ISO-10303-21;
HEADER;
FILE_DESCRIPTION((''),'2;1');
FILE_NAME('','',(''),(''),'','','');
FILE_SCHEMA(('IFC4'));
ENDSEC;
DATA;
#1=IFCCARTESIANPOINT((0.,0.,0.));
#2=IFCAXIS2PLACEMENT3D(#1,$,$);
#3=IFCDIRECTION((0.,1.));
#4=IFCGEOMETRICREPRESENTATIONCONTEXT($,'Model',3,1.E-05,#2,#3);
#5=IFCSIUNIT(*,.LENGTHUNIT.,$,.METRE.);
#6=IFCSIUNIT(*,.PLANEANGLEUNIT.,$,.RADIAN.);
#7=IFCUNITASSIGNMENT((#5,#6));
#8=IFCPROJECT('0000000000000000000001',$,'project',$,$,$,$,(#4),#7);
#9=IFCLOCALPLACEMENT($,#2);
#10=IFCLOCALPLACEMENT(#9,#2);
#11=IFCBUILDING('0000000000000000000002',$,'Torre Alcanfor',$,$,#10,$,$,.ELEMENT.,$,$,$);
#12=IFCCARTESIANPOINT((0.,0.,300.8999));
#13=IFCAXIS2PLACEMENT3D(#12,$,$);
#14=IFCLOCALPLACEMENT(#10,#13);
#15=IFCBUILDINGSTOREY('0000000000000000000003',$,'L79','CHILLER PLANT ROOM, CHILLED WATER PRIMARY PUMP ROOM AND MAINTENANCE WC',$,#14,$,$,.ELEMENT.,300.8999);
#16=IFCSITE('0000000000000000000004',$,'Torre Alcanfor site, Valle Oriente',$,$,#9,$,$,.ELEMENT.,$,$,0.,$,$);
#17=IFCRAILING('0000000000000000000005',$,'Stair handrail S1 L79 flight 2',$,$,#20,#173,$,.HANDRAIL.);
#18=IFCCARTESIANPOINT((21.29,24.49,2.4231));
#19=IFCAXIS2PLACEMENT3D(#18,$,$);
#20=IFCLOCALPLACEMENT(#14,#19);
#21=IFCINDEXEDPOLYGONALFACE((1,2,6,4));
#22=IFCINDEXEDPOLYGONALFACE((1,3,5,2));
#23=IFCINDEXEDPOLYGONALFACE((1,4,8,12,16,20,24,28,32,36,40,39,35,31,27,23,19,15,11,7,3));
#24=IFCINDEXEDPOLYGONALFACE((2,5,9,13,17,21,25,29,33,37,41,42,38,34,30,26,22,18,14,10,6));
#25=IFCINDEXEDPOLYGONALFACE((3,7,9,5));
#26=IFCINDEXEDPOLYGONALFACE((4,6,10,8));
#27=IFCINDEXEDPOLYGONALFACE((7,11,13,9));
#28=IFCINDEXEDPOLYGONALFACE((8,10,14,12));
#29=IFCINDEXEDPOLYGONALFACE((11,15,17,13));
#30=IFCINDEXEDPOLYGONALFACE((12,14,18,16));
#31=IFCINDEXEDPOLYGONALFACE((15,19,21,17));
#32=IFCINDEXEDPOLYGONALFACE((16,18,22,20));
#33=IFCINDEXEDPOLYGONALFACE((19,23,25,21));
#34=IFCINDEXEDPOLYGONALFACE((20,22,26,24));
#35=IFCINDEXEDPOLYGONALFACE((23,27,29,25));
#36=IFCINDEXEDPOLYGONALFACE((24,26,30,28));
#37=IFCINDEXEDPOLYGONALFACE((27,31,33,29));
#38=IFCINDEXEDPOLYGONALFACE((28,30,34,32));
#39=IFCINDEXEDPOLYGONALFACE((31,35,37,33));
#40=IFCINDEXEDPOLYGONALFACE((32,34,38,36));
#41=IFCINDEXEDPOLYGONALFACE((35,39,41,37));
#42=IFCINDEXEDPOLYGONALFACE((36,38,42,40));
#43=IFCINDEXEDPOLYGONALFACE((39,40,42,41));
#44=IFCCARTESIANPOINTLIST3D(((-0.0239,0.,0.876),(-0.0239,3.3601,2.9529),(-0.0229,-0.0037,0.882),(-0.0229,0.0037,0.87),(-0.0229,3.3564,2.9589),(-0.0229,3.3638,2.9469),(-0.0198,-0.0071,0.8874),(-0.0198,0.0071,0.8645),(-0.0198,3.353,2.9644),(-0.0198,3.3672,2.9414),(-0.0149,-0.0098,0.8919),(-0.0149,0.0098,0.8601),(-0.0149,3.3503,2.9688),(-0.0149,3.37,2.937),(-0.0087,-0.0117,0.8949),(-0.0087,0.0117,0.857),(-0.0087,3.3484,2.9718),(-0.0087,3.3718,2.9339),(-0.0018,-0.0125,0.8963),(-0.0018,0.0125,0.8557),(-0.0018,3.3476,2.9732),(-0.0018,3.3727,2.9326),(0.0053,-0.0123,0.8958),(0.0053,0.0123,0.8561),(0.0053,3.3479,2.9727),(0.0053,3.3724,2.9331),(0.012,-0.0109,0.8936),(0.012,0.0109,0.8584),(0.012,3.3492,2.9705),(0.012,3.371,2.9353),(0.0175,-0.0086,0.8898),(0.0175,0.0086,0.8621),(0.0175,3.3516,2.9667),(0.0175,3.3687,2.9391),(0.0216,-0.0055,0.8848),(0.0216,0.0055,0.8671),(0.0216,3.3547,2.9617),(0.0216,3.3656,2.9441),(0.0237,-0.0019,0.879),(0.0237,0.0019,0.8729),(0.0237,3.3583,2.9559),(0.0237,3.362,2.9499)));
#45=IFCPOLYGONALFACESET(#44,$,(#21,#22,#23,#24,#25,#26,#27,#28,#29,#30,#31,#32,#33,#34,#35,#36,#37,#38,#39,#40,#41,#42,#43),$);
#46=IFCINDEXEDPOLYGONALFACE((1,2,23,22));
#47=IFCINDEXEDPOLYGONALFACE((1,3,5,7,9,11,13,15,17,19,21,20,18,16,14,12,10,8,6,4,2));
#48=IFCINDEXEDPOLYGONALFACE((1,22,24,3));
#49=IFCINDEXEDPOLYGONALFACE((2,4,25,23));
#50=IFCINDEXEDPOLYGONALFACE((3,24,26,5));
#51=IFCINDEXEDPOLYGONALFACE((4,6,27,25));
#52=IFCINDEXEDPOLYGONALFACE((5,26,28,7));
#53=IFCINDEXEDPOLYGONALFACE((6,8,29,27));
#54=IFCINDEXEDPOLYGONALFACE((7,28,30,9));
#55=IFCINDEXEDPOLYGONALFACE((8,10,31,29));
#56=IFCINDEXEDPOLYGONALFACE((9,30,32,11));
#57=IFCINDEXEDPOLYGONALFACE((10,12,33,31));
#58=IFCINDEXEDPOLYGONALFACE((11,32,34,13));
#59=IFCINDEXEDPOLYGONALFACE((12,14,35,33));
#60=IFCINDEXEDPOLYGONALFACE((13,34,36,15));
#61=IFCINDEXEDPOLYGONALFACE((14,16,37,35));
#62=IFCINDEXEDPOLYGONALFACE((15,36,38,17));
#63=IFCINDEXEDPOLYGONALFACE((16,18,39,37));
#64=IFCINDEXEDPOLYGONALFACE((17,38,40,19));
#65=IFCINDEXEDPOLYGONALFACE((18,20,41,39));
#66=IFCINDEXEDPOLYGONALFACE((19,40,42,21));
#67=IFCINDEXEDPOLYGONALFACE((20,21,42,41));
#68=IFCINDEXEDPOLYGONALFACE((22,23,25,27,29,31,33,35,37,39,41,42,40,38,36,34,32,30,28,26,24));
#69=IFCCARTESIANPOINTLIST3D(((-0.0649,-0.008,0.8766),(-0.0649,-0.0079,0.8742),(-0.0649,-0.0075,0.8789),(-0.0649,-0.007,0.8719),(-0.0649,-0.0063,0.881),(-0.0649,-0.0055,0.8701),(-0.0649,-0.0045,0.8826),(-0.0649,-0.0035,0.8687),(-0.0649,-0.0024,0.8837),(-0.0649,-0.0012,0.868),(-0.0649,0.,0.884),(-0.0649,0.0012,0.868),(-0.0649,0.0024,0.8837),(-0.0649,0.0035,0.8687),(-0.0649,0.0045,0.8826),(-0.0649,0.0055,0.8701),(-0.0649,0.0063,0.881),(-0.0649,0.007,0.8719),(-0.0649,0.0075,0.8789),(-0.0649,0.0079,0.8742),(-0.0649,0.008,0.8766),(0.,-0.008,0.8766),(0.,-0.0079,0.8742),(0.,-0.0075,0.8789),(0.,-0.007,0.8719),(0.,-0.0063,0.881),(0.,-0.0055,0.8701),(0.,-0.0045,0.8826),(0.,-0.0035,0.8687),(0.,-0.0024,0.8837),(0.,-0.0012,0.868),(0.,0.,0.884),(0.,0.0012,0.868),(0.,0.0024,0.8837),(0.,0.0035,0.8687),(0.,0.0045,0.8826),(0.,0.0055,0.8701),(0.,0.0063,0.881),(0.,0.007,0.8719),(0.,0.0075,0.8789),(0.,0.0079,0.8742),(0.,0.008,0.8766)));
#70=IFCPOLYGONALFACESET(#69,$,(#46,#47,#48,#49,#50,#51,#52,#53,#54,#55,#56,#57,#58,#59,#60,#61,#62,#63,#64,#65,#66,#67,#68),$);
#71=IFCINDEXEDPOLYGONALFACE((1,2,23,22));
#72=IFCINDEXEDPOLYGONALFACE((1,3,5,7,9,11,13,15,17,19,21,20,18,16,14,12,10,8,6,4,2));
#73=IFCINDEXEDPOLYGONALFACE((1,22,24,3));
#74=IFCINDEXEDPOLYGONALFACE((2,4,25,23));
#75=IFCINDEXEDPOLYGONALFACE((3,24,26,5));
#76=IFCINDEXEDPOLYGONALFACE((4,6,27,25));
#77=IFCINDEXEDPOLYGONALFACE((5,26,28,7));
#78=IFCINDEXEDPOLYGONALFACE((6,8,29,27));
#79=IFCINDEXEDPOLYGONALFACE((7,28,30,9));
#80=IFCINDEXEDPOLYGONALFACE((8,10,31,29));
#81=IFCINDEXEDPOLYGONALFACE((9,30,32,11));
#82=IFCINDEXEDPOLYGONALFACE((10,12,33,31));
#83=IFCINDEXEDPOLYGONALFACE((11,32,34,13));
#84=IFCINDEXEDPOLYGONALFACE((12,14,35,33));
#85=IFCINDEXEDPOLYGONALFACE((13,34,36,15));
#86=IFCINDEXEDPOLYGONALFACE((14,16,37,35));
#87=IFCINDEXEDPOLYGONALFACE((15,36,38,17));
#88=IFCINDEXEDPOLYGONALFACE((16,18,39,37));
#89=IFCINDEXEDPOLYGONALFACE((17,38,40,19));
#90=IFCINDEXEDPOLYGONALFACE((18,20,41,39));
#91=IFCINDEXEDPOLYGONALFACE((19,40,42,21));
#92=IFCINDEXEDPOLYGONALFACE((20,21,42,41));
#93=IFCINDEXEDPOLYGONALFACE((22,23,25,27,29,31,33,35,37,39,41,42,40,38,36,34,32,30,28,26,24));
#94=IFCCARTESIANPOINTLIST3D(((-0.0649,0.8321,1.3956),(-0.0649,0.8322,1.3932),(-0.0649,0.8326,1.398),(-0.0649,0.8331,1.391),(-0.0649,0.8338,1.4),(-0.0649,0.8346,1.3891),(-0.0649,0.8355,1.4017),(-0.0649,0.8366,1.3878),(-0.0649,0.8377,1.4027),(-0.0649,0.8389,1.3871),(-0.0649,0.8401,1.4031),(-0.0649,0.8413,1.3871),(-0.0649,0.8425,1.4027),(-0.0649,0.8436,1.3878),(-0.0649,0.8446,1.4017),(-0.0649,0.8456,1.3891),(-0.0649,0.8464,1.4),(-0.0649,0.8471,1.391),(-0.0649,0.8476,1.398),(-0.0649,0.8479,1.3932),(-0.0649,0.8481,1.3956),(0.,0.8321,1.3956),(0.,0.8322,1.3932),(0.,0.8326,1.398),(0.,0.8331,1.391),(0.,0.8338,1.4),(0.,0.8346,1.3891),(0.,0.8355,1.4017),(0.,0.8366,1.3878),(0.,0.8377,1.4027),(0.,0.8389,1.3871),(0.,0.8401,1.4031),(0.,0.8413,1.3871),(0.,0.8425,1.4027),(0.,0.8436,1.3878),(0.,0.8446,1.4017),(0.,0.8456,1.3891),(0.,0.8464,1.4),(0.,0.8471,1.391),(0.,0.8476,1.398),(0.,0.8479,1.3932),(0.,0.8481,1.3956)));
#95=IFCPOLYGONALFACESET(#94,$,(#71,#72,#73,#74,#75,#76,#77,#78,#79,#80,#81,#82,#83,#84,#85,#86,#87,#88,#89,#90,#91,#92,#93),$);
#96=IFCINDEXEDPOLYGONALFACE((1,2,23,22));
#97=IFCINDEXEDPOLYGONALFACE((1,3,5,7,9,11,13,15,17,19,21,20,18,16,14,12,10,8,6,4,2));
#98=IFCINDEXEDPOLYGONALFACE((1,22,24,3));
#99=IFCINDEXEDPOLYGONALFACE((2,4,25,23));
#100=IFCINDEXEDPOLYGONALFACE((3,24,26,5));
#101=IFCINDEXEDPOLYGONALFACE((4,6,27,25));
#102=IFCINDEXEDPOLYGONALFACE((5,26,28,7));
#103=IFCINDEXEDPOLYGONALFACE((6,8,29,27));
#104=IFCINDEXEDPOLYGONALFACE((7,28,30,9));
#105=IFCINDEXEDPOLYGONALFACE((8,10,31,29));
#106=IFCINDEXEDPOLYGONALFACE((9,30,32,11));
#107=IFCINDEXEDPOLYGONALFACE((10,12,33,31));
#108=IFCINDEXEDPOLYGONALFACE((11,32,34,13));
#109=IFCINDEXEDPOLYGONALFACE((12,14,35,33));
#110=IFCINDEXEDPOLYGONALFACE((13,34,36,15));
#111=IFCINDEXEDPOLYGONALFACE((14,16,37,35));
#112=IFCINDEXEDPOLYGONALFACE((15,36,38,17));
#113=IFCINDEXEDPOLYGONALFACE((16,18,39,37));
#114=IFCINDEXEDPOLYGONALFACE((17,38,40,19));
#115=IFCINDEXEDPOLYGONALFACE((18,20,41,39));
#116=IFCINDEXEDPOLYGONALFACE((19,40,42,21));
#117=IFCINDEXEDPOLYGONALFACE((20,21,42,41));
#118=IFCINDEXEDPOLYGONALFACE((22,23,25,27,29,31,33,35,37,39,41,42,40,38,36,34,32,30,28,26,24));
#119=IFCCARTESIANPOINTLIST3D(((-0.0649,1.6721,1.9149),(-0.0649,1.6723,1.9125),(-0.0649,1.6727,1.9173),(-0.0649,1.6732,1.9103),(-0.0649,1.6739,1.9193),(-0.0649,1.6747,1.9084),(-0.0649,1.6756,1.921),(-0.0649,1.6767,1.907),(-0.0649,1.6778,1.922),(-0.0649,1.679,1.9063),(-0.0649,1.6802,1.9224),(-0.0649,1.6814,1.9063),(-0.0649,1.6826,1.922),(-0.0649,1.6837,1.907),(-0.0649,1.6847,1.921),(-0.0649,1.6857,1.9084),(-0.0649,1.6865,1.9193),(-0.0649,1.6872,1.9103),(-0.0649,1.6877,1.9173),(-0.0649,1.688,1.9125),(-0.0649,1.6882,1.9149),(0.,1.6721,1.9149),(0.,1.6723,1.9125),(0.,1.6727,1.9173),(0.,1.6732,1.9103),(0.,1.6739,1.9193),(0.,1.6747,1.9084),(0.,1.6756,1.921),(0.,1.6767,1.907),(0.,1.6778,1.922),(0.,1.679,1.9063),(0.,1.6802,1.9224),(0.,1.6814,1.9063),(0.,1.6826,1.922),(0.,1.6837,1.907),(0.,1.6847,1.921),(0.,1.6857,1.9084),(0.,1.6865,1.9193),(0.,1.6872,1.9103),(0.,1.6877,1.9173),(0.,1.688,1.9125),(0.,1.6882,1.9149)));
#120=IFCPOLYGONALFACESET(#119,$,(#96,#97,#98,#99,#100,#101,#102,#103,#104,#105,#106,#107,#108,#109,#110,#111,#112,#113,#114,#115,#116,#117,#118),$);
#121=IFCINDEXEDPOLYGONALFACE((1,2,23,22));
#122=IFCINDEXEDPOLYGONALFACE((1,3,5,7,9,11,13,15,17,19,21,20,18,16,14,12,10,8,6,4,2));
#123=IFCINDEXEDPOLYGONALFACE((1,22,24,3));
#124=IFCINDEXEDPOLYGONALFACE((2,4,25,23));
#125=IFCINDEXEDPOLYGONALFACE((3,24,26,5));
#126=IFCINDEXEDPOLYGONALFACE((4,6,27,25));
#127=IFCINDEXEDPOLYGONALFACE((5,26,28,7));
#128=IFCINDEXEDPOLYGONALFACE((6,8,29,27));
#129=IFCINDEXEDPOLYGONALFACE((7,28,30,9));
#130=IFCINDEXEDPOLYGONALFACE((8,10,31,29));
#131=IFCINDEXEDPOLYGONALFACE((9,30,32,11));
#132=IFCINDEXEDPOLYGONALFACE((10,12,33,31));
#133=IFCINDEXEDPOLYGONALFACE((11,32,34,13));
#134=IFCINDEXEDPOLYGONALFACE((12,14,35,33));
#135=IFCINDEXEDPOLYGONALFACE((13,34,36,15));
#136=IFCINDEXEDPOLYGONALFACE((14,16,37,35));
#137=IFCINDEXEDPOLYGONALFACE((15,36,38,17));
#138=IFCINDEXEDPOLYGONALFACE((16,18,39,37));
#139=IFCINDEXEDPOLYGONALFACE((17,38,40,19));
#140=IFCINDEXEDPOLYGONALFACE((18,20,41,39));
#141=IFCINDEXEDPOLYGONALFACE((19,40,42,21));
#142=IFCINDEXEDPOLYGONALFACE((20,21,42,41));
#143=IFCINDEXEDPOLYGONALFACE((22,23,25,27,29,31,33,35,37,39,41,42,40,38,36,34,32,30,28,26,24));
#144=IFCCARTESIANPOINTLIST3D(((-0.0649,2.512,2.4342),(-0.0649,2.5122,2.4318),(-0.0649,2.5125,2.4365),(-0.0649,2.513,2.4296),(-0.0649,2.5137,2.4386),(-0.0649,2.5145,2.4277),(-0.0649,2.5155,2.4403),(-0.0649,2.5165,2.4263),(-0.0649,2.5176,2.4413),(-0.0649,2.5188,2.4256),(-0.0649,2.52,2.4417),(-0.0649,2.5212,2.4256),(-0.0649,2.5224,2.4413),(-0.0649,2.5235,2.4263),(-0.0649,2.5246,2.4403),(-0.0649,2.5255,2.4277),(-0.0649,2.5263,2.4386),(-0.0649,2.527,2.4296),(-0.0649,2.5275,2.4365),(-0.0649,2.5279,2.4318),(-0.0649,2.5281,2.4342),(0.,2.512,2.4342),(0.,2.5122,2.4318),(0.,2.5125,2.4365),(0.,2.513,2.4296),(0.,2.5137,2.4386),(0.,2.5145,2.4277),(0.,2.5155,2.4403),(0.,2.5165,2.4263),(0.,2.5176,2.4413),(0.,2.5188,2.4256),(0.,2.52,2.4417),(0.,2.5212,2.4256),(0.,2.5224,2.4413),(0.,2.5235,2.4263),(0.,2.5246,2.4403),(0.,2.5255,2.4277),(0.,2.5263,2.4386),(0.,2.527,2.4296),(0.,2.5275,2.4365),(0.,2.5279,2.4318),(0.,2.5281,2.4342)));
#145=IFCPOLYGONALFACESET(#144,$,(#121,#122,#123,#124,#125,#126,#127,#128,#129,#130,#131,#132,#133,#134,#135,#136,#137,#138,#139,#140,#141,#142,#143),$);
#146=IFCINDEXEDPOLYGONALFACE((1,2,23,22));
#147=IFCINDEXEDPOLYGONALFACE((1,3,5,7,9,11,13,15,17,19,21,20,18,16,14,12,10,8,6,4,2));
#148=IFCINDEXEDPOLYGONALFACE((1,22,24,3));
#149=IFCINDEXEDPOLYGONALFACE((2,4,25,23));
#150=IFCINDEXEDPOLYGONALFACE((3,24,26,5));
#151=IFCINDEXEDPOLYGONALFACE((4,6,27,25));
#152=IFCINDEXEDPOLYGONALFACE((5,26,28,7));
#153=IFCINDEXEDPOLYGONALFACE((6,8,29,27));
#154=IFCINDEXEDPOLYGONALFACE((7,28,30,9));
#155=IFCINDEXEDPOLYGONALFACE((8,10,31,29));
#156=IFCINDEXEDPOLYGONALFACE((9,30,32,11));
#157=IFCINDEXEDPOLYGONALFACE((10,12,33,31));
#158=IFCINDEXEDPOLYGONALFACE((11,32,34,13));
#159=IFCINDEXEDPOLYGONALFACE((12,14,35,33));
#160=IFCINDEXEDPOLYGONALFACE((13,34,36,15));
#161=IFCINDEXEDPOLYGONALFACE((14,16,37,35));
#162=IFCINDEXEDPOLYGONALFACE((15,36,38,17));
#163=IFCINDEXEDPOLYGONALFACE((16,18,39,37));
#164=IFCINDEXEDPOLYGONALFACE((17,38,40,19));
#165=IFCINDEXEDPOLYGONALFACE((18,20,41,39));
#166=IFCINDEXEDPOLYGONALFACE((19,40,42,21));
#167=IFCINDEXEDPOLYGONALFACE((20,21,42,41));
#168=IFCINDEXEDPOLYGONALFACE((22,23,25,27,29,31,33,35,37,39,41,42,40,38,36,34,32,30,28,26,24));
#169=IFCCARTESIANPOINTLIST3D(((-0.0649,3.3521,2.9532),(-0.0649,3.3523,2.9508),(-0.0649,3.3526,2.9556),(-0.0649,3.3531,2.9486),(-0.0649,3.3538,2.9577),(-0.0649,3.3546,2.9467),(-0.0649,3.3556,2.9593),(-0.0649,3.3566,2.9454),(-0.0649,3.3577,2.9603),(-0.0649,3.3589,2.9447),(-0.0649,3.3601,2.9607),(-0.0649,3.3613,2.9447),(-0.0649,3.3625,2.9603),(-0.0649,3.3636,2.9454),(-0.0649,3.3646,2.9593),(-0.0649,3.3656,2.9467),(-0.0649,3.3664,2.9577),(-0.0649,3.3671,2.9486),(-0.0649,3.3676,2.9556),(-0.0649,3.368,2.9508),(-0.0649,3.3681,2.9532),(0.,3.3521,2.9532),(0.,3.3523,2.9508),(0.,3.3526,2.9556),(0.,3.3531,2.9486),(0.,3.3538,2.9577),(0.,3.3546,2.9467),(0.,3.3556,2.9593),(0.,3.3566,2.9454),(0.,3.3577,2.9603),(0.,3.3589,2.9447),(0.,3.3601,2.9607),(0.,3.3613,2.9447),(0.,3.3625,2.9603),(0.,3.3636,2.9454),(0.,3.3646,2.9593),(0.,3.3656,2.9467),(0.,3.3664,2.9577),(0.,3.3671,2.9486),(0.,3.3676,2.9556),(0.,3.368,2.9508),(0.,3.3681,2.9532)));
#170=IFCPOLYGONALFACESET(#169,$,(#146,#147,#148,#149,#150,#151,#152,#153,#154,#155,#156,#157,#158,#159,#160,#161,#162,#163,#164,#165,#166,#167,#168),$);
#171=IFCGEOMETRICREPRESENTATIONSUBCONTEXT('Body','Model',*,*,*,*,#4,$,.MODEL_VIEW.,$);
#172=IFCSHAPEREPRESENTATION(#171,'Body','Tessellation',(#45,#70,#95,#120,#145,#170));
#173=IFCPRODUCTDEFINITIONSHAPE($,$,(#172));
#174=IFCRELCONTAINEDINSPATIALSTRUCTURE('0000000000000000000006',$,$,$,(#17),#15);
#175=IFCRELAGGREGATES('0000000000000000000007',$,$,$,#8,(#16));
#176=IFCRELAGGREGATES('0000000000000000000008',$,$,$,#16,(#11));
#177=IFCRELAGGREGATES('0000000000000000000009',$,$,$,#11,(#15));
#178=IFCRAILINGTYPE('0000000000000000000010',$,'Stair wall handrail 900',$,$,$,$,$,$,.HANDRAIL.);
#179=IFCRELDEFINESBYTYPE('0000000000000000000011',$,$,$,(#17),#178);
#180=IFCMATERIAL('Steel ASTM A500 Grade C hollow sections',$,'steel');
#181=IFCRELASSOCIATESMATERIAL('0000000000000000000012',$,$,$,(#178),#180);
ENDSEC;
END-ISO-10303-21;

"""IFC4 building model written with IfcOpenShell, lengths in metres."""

from ifc_helpers import new_model, si_unit, direction, frame, origin, origin_2d, place, context, subcontext, project, spatial, circle, extrude, material, type_object, element, save


model = new_model("IFC4")

# Units and contexts
model_context = context("Model", 3, precision=1e-05, world=origin(), true_north=direction((0.0, 1.0)))
body_context = subcontext(model_context, "Body", "Model", "MODEL_VIEW")
ifc_project = project(units=[si_unit("LENGTHUNIT", "METRE"), si_unit("PLANEANGLEUNIT", "RADIAN")], contexts=[model_context])

# Site, building, storey
site_placement = place(None, origin())
site = spatial("IfcSite", under=ifc_project, at=site_placement, Name="Torre Alcanfor site, Valle Oriente", CompositionType="ELEMENT", RefElevation=0.0)
building_placement = place(site_placement, origin())
building = spatial("IfcBuilding", under=site, at=building_placement, Name="Torre Alcanfor", CompositionType="ELEMENT")
storey_placement = place(building_placement, frame((0.0, 0.0, 300.8999)))
storey = spatial("IfcBuildingStorey", under=building, at=storey_placement, Name="L79", Description="CHILLER PLANT ROOM, CHILLED WATER PRIMARY PUMP ROOM AND MAINTENANCE WC", CompositionType="ELEMENT", Elevation=300.8999)

# Railing
ifc_material_1 = material(Name="Steel ASTM A500 Grade C hollow sections", Category="steel")
railing_type_1 = type_object("IfcRailingType", Name="Stair wall handrail 900", PredefinedType="HANDRAIL", material=ifc_material_1)
railing_1_placement = place(storey_placement, frame((21.29, 24.49, 2.4231)))
element("IfcRailing", 1, at=railing_1_placement, inside=storey, type_object=railing_type_1, Name="Stair handrail S1 L79 flight 2", PredefinedType="HANDRAIL", context=body_context, shape_type="SweptSolid", body=[
    extrude(circle(Radius=0.0239, at=origin_2d()), frame((0.0, 0.0, 0.876), z_axis=(0.0, 0.850623, 0.525776), x_axis=(-1.0, 0.0, 0.0)), (0.0, 0.0, 1.0), 3.9502),
    extrude(circle(Radius=0.0081, at=origin_2d()), frame((0.0, 0.0, 0.876), z_axis=(-1.0, 0.0, 0.0), x_axis=(0.0, 0.0, 1.0)), (0.0, 0.0, 1.0), 0.0649),
    extrude(circle(Radius=0.0081, at=origin_2d()), frame((0.0, 0.8401, 1.395), z_axis=(-1.0, 0.0, 0.0), x_axis=(0.0, 0.0, 1.0)), (0.0, 0.0, 1.0), 0.0649),
    extrude(circle(Radius=0.0081, at=origin_2d()), frame((0.0, 1.6802, 1.9143), z_axis=(-1.0, 0.0, 0.0), x_axis=(0.0, 0.0, 1.0)), (0.0, 0.0, 1.0), 0.0649),
    extrude(circle(Radius=0.0081, at=origin_2d()), frame((0.0, 2.52, 2.4336), z_axis=(-1.0, 0.0, 0.0), x_axis=(0.0, 0.0, 1.0)), (0.0, 0.0, 1.0), 0.0649),
    extrude(circle(Radius=0.0081, at=origin_2d()), frame((0.0, 3.3601, 2.9526), z_axis=(-1.0, 0.0, 0.0), x_axis=(0.0, 0.0, 1.0)), (0.0, 0.0, 1.0), 0.0649),
])

save(model, "model.ifc")
